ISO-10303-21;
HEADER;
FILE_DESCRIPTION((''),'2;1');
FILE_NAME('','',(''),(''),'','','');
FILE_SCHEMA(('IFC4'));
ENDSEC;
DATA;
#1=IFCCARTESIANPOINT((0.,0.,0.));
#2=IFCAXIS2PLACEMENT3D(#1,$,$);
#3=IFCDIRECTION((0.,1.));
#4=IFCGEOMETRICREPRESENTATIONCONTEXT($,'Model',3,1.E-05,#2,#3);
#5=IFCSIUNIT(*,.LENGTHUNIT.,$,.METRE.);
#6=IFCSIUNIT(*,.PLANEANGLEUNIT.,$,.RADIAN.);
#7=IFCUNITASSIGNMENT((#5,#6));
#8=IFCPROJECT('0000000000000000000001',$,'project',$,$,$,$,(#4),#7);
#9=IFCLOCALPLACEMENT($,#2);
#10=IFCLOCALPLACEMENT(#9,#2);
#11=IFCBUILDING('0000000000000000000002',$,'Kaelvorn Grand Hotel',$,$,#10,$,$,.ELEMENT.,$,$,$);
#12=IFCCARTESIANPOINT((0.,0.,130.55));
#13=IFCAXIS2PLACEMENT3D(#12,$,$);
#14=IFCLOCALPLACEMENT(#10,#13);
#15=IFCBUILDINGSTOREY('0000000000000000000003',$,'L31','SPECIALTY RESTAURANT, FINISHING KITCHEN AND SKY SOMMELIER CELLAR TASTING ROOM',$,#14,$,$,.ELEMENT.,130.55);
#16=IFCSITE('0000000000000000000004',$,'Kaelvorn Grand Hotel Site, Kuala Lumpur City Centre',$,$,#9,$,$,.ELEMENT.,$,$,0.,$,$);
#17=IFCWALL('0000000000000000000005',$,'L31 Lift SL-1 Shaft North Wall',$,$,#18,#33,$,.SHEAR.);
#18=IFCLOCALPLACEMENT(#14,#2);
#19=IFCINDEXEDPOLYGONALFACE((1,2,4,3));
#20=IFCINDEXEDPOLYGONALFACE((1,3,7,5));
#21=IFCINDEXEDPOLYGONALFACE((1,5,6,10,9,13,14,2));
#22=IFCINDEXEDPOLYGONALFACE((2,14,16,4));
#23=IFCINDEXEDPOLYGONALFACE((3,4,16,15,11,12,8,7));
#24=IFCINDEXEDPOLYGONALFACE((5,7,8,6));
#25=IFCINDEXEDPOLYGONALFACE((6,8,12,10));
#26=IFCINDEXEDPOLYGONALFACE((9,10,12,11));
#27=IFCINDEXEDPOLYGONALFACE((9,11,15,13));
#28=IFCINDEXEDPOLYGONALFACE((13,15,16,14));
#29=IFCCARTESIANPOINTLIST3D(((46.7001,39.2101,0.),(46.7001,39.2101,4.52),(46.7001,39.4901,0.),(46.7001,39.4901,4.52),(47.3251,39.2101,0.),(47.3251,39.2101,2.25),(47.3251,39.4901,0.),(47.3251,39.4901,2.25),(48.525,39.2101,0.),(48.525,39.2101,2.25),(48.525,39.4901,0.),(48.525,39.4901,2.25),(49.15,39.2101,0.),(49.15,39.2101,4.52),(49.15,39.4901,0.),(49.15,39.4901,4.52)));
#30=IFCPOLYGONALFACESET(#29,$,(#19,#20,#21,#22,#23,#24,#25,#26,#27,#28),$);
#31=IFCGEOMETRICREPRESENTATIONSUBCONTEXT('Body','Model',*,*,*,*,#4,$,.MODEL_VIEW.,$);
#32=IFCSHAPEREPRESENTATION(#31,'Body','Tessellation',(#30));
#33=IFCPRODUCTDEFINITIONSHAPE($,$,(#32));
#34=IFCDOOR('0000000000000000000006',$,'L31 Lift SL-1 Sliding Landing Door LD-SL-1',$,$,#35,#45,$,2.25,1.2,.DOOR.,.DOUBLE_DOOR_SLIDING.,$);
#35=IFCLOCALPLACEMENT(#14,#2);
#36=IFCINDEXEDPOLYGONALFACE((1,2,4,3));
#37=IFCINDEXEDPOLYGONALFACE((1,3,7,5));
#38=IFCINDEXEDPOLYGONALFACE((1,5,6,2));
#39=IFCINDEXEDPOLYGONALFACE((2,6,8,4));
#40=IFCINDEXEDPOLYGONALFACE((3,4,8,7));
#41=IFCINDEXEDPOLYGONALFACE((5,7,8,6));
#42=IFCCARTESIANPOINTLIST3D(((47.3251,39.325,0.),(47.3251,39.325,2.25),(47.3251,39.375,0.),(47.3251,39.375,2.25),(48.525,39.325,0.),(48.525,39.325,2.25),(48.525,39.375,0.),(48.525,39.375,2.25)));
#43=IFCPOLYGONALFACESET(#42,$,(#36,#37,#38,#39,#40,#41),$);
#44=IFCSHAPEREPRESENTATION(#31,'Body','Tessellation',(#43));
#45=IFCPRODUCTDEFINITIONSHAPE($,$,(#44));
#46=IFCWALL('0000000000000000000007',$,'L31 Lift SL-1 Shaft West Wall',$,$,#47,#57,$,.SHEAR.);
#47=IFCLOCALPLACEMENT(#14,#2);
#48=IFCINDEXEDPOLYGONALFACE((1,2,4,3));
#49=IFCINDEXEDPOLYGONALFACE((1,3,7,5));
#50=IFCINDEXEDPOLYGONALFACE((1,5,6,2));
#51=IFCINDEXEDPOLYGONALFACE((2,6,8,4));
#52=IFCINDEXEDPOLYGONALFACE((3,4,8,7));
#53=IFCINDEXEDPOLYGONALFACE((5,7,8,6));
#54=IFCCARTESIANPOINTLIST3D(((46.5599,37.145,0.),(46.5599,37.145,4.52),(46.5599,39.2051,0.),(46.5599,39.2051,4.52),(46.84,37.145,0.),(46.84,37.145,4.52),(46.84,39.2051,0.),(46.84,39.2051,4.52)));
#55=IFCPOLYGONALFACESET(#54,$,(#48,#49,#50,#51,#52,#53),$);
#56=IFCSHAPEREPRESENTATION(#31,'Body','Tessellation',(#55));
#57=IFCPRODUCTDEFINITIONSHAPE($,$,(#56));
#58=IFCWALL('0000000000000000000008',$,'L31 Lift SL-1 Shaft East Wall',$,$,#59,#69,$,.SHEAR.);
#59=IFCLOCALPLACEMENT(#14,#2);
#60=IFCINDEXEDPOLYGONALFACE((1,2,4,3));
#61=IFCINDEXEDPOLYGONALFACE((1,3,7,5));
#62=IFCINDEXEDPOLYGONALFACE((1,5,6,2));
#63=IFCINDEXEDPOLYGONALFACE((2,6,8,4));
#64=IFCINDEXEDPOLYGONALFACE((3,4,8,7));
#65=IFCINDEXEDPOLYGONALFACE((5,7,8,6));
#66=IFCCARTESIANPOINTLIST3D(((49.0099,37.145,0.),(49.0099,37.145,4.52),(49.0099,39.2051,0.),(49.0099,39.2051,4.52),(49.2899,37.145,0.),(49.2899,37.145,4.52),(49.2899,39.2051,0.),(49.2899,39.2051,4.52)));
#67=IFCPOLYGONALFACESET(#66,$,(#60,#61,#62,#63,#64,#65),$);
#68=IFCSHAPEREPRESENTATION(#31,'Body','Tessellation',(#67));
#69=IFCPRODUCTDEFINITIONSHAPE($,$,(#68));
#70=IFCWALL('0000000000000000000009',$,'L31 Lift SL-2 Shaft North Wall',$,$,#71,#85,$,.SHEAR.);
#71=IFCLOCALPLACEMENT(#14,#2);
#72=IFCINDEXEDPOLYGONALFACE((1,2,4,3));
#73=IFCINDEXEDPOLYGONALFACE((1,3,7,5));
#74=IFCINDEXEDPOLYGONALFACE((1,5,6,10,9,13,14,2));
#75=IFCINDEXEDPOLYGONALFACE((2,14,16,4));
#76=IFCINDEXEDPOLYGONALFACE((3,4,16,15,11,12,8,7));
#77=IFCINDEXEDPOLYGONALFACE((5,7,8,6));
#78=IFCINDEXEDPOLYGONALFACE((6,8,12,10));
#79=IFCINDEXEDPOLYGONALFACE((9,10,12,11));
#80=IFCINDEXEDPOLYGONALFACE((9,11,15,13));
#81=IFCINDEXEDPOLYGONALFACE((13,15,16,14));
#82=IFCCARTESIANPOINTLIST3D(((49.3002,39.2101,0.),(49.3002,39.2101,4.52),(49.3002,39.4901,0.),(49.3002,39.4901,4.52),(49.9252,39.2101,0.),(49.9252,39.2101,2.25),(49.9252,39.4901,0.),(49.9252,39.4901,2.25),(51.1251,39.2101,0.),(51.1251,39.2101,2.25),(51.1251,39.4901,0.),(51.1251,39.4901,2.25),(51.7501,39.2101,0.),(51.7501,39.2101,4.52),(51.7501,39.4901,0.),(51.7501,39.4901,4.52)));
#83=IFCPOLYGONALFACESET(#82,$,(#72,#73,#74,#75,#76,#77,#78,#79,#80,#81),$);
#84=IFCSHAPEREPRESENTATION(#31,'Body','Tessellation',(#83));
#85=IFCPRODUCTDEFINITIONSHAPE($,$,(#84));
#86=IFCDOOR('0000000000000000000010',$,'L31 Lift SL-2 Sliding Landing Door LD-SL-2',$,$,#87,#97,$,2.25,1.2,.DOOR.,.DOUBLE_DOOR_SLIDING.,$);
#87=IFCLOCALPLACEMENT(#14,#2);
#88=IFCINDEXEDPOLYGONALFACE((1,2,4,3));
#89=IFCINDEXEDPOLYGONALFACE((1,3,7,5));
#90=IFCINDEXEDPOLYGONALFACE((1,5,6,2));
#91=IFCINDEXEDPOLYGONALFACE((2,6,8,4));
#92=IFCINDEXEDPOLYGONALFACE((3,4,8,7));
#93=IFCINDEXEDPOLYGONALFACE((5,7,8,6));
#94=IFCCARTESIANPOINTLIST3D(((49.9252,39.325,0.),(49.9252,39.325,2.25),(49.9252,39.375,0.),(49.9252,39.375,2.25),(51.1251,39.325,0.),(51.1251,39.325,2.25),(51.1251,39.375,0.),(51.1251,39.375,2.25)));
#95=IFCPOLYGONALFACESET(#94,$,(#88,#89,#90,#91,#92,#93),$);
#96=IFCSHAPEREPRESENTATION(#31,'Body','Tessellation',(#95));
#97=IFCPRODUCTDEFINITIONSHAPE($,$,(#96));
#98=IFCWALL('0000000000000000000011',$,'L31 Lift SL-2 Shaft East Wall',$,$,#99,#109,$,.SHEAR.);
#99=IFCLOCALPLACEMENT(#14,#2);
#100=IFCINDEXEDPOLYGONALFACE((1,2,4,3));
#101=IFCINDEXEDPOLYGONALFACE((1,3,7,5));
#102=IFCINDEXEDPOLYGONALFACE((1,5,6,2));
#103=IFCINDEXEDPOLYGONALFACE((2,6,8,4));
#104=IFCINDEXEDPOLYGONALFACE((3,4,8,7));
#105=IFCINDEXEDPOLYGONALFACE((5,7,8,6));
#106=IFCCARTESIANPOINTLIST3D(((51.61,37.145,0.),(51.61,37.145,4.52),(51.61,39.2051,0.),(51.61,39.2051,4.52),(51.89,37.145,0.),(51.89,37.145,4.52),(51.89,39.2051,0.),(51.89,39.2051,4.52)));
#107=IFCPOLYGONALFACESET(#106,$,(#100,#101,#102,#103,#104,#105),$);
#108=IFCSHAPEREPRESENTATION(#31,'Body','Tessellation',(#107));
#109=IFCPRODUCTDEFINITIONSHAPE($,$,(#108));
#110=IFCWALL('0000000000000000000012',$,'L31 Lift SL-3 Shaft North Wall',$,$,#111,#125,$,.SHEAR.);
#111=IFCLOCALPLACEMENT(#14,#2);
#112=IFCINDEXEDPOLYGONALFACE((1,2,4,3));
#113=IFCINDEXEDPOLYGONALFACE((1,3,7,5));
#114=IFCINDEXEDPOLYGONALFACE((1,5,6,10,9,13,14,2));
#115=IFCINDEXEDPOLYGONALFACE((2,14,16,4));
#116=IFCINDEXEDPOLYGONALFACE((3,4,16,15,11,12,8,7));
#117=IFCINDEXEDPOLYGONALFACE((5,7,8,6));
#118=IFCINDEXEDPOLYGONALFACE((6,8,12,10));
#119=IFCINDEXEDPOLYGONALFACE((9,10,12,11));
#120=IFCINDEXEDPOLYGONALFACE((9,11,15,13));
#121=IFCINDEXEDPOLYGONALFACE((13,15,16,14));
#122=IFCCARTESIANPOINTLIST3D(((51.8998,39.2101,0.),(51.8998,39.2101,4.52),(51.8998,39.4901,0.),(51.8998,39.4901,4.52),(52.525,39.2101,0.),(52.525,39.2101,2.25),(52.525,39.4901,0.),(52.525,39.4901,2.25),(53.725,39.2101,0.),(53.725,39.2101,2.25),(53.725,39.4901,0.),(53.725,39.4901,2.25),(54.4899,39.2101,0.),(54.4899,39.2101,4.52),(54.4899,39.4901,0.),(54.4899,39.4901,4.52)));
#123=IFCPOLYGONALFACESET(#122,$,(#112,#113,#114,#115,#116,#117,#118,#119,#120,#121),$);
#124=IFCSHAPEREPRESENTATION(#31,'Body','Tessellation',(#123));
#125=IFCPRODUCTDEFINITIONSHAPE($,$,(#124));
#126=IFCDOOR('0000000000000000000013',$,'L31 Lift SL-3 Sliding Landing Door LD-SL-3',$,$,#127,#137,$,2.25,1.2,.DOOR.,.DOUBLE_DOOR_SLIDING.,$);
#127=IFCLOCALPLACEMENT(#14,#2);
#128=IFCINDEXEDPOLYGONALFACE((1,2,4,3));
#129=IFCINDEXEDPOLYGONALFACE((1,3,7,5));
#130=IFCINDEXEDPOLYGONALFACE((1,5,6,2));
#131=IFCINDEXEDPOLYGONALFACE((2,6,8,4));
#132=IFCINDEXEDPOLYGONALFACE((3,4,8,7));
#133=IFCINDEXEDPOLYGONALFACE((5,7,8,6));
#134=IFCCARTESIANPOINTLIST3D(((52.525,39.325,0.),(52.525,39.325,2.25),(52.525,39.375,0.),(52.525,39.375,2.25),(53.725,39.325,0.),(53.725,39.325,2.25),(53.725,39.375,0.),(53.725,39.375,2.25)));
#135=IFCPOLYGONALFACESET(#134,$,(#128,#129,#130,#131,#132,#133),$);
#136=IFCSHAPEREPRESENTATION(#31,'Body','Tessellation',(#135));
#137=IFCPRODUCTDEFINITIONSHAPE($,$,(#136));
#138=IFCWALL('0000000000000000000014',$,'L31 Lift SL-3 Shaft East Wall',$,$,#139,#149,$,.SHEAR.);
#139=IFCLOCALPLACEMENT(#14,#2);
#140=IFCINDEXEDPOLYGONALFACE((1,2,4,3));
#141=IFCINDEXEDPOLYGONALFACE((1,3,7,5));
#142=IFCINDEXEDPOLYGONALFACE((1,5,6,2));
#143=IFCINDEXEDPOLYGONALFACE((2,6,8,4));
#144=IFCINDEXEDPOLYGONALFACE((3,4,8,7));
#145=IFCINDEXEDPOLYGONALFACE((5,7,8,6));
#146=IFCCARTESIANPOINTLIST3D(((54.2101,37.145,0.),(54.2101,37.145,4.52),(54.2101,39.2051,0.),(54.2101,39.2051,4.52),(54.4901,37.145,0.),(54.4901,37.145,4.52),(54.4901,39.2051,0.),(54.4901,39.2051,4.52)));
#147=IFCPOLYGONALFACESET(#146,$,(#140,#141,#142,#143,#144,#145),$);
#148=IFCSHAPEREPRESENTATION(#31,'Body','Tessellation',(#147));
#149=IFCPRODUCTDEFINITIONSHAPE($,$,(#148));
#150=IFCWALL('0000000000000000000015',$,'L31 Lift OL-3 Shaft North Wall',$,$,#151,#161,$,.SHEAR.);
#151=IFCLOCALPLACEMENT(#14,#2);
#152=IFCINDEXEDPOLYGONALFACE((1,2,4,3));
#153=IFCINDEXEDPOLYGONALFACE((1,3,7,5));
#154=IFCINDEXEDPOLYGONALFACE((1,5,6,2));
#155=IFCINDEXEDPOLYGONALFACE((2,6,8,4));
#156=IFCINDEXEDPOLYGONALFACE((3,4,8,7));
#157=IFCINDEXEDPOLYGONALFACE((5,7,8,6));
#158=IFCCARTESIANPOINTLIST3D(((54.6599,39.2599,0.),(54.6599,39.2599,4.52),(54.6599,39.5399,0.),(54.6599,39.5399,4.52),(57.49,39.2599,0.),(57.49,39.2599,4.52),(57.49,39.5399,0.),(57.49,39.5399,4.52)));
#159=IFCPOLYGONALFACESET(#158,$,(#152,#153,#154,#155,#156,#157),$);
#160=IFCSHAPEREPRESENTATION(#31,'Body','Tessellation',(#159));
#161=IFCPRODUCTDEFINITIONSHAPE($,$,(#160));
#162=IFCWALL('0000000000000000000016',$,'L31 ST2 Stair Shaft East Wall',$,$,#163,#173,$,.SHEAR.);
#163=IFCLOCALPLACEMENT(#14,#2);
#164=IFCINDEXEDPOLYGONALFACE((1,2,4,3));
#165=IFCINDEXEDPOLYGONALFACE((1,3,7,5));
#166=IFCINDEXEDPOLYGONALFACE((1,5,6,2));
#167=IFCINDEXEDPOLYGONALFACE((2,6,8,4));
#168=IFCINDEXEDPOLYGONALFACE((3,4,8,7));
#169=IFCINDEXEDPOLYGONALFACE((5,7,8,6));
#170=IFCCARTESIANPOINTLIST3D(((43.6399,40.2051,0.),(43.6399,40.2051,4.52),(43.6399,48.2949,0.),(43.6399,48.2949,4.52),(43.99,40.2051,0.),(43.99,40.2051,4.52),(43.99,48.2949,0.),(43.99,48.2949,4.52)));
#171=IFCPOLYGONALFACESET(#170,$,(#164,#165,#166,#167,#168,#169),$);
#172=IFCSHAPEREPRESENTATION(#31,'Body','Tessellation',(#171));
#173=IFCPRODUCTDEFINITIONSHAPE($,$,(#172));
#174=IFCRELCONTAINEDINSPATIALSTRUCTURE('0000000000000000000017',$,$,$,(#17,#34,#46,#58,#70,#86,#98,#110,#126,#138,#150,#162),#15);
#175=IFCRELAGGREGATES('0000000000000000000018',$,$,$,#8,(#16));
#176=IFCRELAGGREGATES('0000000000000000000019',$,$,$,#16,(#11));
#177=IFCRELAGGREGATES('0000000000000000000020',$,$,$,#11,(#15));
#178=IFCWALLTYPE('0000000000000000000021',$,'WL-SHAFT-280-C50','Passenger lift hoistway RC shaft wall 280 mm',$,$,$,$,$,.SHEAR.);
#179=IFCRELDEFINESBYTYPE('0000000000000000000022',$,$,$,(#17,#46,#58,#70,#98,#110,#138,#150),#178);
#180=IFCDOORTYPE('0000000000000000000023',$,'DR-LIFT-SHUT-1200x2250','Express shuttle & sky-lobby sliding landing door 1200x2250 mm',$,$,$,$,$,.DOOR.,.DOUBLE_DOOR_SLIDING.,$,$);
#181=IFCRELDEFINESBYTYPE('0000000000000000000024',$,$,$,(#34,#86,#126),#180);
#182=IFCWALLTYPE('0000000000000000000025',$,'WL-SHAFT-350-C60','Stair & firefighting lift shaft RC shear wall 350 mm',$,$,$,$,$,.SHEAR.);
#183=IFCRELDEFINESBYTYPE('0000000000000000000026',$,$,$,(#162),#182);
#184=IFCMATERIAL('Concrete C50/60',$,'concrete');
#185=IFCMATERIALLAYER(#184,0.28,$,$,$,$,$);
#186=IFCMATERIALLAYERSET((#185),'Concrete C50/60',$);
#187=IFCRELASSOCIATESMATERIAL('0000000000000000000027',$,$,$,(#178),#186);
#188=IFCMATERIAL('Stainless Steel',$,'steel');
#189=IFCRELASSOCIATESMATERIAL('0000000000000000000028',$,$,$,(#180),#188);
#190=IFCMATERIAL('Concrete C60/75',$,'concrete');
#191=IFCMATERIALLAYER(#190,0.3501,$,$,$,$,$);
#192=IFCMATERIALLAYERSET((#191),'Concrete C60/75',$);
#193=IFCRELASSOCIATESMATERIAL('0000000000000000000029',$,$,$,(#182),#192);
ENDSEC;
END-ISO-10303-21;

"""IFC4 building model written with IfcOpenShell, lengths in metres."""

from ifc_helpers import new_model, si_unit, direction, frame, frame_2d, origin, place, context, subcontext, project, spatial, rectangle, extrude, material, layer, layer_set, type_object, element, fill, save


model = new_model("IFC4")

# Units and contexts
model_context = context("Model", 3, precision=1e-05, world=origin(), true_north=direction((0.0, 1.0)))
body_context = subcontext(model_context, "Body", "Model", "MODEL_VIEW")
ifc_project = project(units=[si_unit("LENGTHUNIT", "METRE"), si_unit("PLANEANGLEUNIT", "RADIAN")], contexts=[model_context])

# Site, building, storey
site_placement = place(None, origin())
site = spatial("IfcSite", under=ifc_project, at=site_placement, Name="Kaelvorn Grand Hotel Site, Kuala Lumpur City Centre", CompositionType="ELEMENT", RefElevation=0.0)
building_placement = place(site_placement, origin())
building = spatial("IfcBuilding", under=site, at=building_placement, Name="Kaelvorn Grand Hotel", CompositionType="ELEMENT")
storey_placement = place(building_placement, frame((0.0, 0.0, 130.55)))
storey = spatial("IfcBuildingStorey", under=building, at=storey_placement, Name="L31", Description="SPECIALTY RESTAURANT, FINISHING KITCHEN AND SKY SOMMELIER CELLAR TASTING ROOM", CompositionType="ELEMENT", Elevation=130.55)

# Shared definitions
ifc_material_1 = material(Name="Concrete C60/75", Category="concrete")

# Wall, opening, door
ifc_material_2 = material(Name="Concrete C50/60", Category="concrete")
ifc_layer_1 = layer(ifc_material_2, 0.28)
ifc_layer_set_1 = layer_set([ifc_layer_1], Name="Concrete C50/60")
wall_type_1 = type_object("IfcWallType", Name="WL-SHAFT-280-C50", Description="Passenger lift hoistway RC shaft wall 280 mm", PredefinedType="SHEAR", material=ifc_layer_set_1)
wall_1_placement = place(storey_placement, frame((46.7, 39.3501, 0.0), z_axis=(0.0, 0.0, 1.0), x_axis=(1.0, 0.0, 0.0)))
wall_1 = element("IfcWall", 1, at=wall_1_placement, inside=storey, type_object=wall_type_1, Name="L31 Lift SL-1 Shaft North Wall", PredefinedType="SHEAR", context=body_context, shape_type="SweptSolid", body=[
    extrude(rectangle(XDim=2.45, YDim=0.28, at=frame_2d((1.2251, 0.0))), origin(), (0.0, 0.0, 1.0), 4.52),
])
opening_1_placement = place(wall_1_placement, frame((0.625, 0.0, 0.0)))
opening_1 = element("IfcOpeningElement", 2, at=opening_1_placement, cuts=wall_1, PredefinedType="OPENING", context=body_context, shape_type="SweptSolid", body=[
    extrude(rectangle(XDim=1.2, YDim=2.25, at=frame_2d((0.6001, 1.125))), frame((0.0, 0.1499, 0.0), z_axis=(0.0, -1.0, 0.0), x_axis=(1.0, 0.0, 0.0)), (0.0, 0.0, 1.0), 0.3),
])
ifc_material_3 = material(Name="Stainless Steel", Category="steel")
door_type_1 = type_object("IfcDoorType", Name="DR-LIFT-SHUT-1200x2250", Description="Express shuttle & sky-lobby sliding landing door 1200x2250 mm", OperationType="DOUBLE_DOOR_SLIDING", PredefinedType="DOOR", material=ifc_material_3)
door_1_placement = place(opening_1_placement, origin())
door_1 = element("IfcDoor", 3, at=door_1_placement, inside=storey, type_object=door_type_1, Name="L31 Lift SL-1 Sliding Landing Door LD-SL-1", OperationType="DOUBLE_DOOR_SLIDING", OverallHeight=2.25, OverallWidth=1.2, PredefinedType="DOOR", context=body_context, shape_type="SweptSolid", body=[
    extrude(rectangle(XDim=1.2, YDim=2.25, at=frame_2d((0.6001, 1.125))), frame((0.0, 0.0249, 0.0), z_axis=(0.0, -1.0, 0.0), x_axis=(1.0, 0.0, 0.0)), (0.0, 0.0, 1.0), 0.05),
])
fill(opening_1, door_1)

# Walls
for number, where, z_axis, x_axis, name in (
    (4, (46.7, 37.145, 0.0), (0.0, 0.0, 1.0), (0.0, 1.0, 0.0), "L31 Lift SL-1 Shaft West Wall"),
    (5, (49.1499, 37.145, 0.0), (0.0, 0.0, 1.0), (0.0, 1.0, 0.0), "L31 Lift SL-1 Shaft East Wall"),
):
    element("IfcWall", number, at=place(storey_placement, frame(where, z_axis=z_axis, x_axis=x_axis)), inside=storey, type_object=wall_type_1, Name=name, PredefinedType="SHEAR", context=body_context, shape_type="SweptSolid", body=[
        extrude(rectangle(XDim=2.0601, YDim=0.28, at=frame_2d((1.03, 0.0))), origin(), (0.0, 0.0, 1.0), 4.52),
    ])

# Wall, opening, door
wall_2_placement = place(storey_placement, frame((49.3, 39.3501, 0.0), z_axis=(0.0, 0.0, 1.0), x_axis=(1.0, 0.0, 0.0)))
wall_2 = element("IfcWall", 6, at=wall_2_placement, inside=storey, type_object=wall_type_1, Name="L31 Lift SL-2 Shaft North Wall", PredefinedType="SHEAR", context=body_context, shape_type="SweptSolid", body=[
    extrude(rectangle(XDim=2.45, YDim=0.28, at=frame_2d((1.2251, 0.0))), origin(), (0.0, 0.0, 1.0), 4.52),
])
opening_2_placement = place(wall_2_placement, frame((0.625, 0.0, 0.0)))
opening_2 = element("IfcOpeningElement", 7, at=opening_2_placement, cuts=wall_2, PredefinedType="OPENING", context=body_context, shape_type="SweptSolid", body=[
    extrude(rectangle(XDim=1.2, YDim=2.25, at=frame_2d((0.6001, 1.125))), frame((0.0, 0.1499, 0.0), z_axis=(0.0, -1.0, 0.0), x_axis=(1.0, 0.0, 0.0)), (0.0, 0.0, 1.0), 0.3),
])
door_2_placement = place(opening_2_placement, origin())
door_2 = element("IfcDoor", 8, at=door_2_placement, inside=storey, type_object=door_type_1, Name="L31 Lift SL-2 Sliding Landing Door LD-SL-2", OperationType="DOUBLE_DOOR_SLIDING", OverallHeight=2.25, OverallWidth=1.2, PredefinedType="DOOR", context=body_context, shape_type="SweptSolid", body=[
    extrude(rectangle(XDim=1.2, YDim=2.25, at=frame_2d((0.6001, 1.125))), frame((0.0, 0.0249, 0.0), z_axis=(0.0, -1.0, 0.0), x_axis=(1.0, 0.0, 0.0)), (0.0, 0.0, 1.0), 0.05),
])
fill(opening_2, door_2)

# Wall
wall_3_placement = place(storey_placement, frame((51.75, 37.145, 0.0), z_axis=(0.0, 0.0, 1.0), x_axis=(0.0, 1.0, 0.0)))
element("IfcWall", 9, at=wall_3_placement, inside=storey, type_object=wall_type_1, Name="L31 Lift SL-2 Shaft East Wall", PredefinedType="SHEAR", context=body_context, shape_type="SweptSolid", body=[
    extrude(rectangle(XDim=2.0601, YDim=0.28, at=frame_2d((1.03, 0.0))), origin(), (0.0, 0.0, 1.0), 4.52),
])

# Wall, opening, door
wall_4_placement = place(storey_placement, frame((51.8999, 39.3501, 0.0), z_axis=(0.0, 0.0, 1.0), x_axis=(1.0, 0.0, 0.0)))
wall_4 = element("IfcWall", 10, at=wall_4_placement, inside=storey, type_object=wall_type_1, Name="L31 Lift SL-3 Shaft North Wall", PredefinedType="SHEAR", context=body_context, shape_type="SweptSolid", body=[
    extrude(rectangle(XDim=2.5901, YDim=0.28, at=frame_2d((1.2949, 0.0))), origin(), (0.0, 0.0, 1.0), 4.52),
])
opening_3_placement = place(wall_4_placement, frame((0.625, 0.0, 0.0)))
opening_3 = element("IfcOpeningElement", 11, at=opening_3_placement, cuts=wall_4, PredefinedType="OPENING", context=body_context, shape_type="SweptSolid", body=[
    extrude(rectangle(XDim=1.2, YDim=2.25, at=frame_2d((0.6001, 1.125))), frame((0.0, 0.1499, 0.0), z_axis=(0.0, -1.0, 0.0), x_axis=(1.0, 0.0, 0.0)), (0.0, 0.0, 1.0), 0.3),
])
door_3_placement = place(opening_3_placement, origin())
door_3 = element("IfcDoor", 12, at=door_3_placement, inside=storey, type_object=door_type_1, Name="L31 Lift SL-3 Sliding Landing Door LD-SL-3", OperationType="DOUBLE_DOOR_SLIDING", OverallHeight=2.25, OverallWidth=1.2, PredefinedType="DOOR", context=body_context, shape_type="SweptSolid", body=[
    extrude(rectangle(XDim=1.2, YDim=2.25, at=frame_2d((0.6001, 1.125))), frame((0.0, 0.0249, 0.0), z_axis=(0.0, -1.0, 0.0), x_axis=(1.0, 0.0, 0.0)), (0.0, 0.0, 1.0), 0.05),
])
fill(opening_3, door_3)

# Walls
wall_5_placement = place(storey_placement, frame((54.3501, 37.145, 0.0), z_axis=(0.0, 0.0, 1.0), x_axis=(0.0, 1.0, 0.0)))
element("IfcWall", 13, at=wall_5_placement, inside=storey, type_object=wall_type_1, Name="L31 Lift SL-3 Shaft East Wall", PredefinedType="SHEAR", context=body_context, shape_type="SweptSolid", body=[
    extrude(rectangle(XDim=2.0601, YDim=0.28, at=frame_2d((1.03, 0.0))), origin(), (0.0, 0.0, 1.0), 4.52),
])
wall_6_placement = place(storey_placement, frame((54.6599, 39.3999, 0.0), z_axis=(0.0, 0.0, 1.0), x_axis=(1.0, 0.0, 0.0)))
element("IfcWall", 14, at=wall_6_placement, inside=storey, type_object=wall_type_1, Name="L31 Lift OL-3 Shaft North Wall", PredefinedType="SHEAR", context=body_context, shape_type="SweptSolid", body=[
    extrude(rectangle(XDim=2.8301, YDim=0.28, at=frame_2d((1.415, 0.0))), origin(), (0.0, 0.0, 1.0), 4.52),
])
ifc_layer_2 = layer(ifc_material_1, 0.3501)
ifc_layer_set_2 = layer_set([ifc_layer_2], Name="Concrete C60/75")
wall_type_2 = type_object("IfcWallType", Name="WL-SHAFT-350-C60", Description="Stair & firefighting lift shaft RC shear wall 350 mm", PredefinedType="SHEAR", material=ifc_layer_set_2)
wall_7_placement = place(storey_placement, frame((43.8149, 40.2051, 0.0), z_axis=(0.0, 0.0, 1.0), x_axis=(0.0, 1.0, 0.0)))
element("IfcWall", 15, at=wall_7_placement, inside=storey, type_object=wall_type_2, Name="L31 ST2 Stair Shaft East Wall", PredefinedType="SHEAR", context=body_context, shape_type="SweptSolid", body=[
    extrude(rectangle(XDim=8.0898, YDim=0.3501, at=frame_2d((4.0449, 0.0))), origin(), (0.0, 0.0, 1.0), 4.52),
])

save(model, "model.ifc")
